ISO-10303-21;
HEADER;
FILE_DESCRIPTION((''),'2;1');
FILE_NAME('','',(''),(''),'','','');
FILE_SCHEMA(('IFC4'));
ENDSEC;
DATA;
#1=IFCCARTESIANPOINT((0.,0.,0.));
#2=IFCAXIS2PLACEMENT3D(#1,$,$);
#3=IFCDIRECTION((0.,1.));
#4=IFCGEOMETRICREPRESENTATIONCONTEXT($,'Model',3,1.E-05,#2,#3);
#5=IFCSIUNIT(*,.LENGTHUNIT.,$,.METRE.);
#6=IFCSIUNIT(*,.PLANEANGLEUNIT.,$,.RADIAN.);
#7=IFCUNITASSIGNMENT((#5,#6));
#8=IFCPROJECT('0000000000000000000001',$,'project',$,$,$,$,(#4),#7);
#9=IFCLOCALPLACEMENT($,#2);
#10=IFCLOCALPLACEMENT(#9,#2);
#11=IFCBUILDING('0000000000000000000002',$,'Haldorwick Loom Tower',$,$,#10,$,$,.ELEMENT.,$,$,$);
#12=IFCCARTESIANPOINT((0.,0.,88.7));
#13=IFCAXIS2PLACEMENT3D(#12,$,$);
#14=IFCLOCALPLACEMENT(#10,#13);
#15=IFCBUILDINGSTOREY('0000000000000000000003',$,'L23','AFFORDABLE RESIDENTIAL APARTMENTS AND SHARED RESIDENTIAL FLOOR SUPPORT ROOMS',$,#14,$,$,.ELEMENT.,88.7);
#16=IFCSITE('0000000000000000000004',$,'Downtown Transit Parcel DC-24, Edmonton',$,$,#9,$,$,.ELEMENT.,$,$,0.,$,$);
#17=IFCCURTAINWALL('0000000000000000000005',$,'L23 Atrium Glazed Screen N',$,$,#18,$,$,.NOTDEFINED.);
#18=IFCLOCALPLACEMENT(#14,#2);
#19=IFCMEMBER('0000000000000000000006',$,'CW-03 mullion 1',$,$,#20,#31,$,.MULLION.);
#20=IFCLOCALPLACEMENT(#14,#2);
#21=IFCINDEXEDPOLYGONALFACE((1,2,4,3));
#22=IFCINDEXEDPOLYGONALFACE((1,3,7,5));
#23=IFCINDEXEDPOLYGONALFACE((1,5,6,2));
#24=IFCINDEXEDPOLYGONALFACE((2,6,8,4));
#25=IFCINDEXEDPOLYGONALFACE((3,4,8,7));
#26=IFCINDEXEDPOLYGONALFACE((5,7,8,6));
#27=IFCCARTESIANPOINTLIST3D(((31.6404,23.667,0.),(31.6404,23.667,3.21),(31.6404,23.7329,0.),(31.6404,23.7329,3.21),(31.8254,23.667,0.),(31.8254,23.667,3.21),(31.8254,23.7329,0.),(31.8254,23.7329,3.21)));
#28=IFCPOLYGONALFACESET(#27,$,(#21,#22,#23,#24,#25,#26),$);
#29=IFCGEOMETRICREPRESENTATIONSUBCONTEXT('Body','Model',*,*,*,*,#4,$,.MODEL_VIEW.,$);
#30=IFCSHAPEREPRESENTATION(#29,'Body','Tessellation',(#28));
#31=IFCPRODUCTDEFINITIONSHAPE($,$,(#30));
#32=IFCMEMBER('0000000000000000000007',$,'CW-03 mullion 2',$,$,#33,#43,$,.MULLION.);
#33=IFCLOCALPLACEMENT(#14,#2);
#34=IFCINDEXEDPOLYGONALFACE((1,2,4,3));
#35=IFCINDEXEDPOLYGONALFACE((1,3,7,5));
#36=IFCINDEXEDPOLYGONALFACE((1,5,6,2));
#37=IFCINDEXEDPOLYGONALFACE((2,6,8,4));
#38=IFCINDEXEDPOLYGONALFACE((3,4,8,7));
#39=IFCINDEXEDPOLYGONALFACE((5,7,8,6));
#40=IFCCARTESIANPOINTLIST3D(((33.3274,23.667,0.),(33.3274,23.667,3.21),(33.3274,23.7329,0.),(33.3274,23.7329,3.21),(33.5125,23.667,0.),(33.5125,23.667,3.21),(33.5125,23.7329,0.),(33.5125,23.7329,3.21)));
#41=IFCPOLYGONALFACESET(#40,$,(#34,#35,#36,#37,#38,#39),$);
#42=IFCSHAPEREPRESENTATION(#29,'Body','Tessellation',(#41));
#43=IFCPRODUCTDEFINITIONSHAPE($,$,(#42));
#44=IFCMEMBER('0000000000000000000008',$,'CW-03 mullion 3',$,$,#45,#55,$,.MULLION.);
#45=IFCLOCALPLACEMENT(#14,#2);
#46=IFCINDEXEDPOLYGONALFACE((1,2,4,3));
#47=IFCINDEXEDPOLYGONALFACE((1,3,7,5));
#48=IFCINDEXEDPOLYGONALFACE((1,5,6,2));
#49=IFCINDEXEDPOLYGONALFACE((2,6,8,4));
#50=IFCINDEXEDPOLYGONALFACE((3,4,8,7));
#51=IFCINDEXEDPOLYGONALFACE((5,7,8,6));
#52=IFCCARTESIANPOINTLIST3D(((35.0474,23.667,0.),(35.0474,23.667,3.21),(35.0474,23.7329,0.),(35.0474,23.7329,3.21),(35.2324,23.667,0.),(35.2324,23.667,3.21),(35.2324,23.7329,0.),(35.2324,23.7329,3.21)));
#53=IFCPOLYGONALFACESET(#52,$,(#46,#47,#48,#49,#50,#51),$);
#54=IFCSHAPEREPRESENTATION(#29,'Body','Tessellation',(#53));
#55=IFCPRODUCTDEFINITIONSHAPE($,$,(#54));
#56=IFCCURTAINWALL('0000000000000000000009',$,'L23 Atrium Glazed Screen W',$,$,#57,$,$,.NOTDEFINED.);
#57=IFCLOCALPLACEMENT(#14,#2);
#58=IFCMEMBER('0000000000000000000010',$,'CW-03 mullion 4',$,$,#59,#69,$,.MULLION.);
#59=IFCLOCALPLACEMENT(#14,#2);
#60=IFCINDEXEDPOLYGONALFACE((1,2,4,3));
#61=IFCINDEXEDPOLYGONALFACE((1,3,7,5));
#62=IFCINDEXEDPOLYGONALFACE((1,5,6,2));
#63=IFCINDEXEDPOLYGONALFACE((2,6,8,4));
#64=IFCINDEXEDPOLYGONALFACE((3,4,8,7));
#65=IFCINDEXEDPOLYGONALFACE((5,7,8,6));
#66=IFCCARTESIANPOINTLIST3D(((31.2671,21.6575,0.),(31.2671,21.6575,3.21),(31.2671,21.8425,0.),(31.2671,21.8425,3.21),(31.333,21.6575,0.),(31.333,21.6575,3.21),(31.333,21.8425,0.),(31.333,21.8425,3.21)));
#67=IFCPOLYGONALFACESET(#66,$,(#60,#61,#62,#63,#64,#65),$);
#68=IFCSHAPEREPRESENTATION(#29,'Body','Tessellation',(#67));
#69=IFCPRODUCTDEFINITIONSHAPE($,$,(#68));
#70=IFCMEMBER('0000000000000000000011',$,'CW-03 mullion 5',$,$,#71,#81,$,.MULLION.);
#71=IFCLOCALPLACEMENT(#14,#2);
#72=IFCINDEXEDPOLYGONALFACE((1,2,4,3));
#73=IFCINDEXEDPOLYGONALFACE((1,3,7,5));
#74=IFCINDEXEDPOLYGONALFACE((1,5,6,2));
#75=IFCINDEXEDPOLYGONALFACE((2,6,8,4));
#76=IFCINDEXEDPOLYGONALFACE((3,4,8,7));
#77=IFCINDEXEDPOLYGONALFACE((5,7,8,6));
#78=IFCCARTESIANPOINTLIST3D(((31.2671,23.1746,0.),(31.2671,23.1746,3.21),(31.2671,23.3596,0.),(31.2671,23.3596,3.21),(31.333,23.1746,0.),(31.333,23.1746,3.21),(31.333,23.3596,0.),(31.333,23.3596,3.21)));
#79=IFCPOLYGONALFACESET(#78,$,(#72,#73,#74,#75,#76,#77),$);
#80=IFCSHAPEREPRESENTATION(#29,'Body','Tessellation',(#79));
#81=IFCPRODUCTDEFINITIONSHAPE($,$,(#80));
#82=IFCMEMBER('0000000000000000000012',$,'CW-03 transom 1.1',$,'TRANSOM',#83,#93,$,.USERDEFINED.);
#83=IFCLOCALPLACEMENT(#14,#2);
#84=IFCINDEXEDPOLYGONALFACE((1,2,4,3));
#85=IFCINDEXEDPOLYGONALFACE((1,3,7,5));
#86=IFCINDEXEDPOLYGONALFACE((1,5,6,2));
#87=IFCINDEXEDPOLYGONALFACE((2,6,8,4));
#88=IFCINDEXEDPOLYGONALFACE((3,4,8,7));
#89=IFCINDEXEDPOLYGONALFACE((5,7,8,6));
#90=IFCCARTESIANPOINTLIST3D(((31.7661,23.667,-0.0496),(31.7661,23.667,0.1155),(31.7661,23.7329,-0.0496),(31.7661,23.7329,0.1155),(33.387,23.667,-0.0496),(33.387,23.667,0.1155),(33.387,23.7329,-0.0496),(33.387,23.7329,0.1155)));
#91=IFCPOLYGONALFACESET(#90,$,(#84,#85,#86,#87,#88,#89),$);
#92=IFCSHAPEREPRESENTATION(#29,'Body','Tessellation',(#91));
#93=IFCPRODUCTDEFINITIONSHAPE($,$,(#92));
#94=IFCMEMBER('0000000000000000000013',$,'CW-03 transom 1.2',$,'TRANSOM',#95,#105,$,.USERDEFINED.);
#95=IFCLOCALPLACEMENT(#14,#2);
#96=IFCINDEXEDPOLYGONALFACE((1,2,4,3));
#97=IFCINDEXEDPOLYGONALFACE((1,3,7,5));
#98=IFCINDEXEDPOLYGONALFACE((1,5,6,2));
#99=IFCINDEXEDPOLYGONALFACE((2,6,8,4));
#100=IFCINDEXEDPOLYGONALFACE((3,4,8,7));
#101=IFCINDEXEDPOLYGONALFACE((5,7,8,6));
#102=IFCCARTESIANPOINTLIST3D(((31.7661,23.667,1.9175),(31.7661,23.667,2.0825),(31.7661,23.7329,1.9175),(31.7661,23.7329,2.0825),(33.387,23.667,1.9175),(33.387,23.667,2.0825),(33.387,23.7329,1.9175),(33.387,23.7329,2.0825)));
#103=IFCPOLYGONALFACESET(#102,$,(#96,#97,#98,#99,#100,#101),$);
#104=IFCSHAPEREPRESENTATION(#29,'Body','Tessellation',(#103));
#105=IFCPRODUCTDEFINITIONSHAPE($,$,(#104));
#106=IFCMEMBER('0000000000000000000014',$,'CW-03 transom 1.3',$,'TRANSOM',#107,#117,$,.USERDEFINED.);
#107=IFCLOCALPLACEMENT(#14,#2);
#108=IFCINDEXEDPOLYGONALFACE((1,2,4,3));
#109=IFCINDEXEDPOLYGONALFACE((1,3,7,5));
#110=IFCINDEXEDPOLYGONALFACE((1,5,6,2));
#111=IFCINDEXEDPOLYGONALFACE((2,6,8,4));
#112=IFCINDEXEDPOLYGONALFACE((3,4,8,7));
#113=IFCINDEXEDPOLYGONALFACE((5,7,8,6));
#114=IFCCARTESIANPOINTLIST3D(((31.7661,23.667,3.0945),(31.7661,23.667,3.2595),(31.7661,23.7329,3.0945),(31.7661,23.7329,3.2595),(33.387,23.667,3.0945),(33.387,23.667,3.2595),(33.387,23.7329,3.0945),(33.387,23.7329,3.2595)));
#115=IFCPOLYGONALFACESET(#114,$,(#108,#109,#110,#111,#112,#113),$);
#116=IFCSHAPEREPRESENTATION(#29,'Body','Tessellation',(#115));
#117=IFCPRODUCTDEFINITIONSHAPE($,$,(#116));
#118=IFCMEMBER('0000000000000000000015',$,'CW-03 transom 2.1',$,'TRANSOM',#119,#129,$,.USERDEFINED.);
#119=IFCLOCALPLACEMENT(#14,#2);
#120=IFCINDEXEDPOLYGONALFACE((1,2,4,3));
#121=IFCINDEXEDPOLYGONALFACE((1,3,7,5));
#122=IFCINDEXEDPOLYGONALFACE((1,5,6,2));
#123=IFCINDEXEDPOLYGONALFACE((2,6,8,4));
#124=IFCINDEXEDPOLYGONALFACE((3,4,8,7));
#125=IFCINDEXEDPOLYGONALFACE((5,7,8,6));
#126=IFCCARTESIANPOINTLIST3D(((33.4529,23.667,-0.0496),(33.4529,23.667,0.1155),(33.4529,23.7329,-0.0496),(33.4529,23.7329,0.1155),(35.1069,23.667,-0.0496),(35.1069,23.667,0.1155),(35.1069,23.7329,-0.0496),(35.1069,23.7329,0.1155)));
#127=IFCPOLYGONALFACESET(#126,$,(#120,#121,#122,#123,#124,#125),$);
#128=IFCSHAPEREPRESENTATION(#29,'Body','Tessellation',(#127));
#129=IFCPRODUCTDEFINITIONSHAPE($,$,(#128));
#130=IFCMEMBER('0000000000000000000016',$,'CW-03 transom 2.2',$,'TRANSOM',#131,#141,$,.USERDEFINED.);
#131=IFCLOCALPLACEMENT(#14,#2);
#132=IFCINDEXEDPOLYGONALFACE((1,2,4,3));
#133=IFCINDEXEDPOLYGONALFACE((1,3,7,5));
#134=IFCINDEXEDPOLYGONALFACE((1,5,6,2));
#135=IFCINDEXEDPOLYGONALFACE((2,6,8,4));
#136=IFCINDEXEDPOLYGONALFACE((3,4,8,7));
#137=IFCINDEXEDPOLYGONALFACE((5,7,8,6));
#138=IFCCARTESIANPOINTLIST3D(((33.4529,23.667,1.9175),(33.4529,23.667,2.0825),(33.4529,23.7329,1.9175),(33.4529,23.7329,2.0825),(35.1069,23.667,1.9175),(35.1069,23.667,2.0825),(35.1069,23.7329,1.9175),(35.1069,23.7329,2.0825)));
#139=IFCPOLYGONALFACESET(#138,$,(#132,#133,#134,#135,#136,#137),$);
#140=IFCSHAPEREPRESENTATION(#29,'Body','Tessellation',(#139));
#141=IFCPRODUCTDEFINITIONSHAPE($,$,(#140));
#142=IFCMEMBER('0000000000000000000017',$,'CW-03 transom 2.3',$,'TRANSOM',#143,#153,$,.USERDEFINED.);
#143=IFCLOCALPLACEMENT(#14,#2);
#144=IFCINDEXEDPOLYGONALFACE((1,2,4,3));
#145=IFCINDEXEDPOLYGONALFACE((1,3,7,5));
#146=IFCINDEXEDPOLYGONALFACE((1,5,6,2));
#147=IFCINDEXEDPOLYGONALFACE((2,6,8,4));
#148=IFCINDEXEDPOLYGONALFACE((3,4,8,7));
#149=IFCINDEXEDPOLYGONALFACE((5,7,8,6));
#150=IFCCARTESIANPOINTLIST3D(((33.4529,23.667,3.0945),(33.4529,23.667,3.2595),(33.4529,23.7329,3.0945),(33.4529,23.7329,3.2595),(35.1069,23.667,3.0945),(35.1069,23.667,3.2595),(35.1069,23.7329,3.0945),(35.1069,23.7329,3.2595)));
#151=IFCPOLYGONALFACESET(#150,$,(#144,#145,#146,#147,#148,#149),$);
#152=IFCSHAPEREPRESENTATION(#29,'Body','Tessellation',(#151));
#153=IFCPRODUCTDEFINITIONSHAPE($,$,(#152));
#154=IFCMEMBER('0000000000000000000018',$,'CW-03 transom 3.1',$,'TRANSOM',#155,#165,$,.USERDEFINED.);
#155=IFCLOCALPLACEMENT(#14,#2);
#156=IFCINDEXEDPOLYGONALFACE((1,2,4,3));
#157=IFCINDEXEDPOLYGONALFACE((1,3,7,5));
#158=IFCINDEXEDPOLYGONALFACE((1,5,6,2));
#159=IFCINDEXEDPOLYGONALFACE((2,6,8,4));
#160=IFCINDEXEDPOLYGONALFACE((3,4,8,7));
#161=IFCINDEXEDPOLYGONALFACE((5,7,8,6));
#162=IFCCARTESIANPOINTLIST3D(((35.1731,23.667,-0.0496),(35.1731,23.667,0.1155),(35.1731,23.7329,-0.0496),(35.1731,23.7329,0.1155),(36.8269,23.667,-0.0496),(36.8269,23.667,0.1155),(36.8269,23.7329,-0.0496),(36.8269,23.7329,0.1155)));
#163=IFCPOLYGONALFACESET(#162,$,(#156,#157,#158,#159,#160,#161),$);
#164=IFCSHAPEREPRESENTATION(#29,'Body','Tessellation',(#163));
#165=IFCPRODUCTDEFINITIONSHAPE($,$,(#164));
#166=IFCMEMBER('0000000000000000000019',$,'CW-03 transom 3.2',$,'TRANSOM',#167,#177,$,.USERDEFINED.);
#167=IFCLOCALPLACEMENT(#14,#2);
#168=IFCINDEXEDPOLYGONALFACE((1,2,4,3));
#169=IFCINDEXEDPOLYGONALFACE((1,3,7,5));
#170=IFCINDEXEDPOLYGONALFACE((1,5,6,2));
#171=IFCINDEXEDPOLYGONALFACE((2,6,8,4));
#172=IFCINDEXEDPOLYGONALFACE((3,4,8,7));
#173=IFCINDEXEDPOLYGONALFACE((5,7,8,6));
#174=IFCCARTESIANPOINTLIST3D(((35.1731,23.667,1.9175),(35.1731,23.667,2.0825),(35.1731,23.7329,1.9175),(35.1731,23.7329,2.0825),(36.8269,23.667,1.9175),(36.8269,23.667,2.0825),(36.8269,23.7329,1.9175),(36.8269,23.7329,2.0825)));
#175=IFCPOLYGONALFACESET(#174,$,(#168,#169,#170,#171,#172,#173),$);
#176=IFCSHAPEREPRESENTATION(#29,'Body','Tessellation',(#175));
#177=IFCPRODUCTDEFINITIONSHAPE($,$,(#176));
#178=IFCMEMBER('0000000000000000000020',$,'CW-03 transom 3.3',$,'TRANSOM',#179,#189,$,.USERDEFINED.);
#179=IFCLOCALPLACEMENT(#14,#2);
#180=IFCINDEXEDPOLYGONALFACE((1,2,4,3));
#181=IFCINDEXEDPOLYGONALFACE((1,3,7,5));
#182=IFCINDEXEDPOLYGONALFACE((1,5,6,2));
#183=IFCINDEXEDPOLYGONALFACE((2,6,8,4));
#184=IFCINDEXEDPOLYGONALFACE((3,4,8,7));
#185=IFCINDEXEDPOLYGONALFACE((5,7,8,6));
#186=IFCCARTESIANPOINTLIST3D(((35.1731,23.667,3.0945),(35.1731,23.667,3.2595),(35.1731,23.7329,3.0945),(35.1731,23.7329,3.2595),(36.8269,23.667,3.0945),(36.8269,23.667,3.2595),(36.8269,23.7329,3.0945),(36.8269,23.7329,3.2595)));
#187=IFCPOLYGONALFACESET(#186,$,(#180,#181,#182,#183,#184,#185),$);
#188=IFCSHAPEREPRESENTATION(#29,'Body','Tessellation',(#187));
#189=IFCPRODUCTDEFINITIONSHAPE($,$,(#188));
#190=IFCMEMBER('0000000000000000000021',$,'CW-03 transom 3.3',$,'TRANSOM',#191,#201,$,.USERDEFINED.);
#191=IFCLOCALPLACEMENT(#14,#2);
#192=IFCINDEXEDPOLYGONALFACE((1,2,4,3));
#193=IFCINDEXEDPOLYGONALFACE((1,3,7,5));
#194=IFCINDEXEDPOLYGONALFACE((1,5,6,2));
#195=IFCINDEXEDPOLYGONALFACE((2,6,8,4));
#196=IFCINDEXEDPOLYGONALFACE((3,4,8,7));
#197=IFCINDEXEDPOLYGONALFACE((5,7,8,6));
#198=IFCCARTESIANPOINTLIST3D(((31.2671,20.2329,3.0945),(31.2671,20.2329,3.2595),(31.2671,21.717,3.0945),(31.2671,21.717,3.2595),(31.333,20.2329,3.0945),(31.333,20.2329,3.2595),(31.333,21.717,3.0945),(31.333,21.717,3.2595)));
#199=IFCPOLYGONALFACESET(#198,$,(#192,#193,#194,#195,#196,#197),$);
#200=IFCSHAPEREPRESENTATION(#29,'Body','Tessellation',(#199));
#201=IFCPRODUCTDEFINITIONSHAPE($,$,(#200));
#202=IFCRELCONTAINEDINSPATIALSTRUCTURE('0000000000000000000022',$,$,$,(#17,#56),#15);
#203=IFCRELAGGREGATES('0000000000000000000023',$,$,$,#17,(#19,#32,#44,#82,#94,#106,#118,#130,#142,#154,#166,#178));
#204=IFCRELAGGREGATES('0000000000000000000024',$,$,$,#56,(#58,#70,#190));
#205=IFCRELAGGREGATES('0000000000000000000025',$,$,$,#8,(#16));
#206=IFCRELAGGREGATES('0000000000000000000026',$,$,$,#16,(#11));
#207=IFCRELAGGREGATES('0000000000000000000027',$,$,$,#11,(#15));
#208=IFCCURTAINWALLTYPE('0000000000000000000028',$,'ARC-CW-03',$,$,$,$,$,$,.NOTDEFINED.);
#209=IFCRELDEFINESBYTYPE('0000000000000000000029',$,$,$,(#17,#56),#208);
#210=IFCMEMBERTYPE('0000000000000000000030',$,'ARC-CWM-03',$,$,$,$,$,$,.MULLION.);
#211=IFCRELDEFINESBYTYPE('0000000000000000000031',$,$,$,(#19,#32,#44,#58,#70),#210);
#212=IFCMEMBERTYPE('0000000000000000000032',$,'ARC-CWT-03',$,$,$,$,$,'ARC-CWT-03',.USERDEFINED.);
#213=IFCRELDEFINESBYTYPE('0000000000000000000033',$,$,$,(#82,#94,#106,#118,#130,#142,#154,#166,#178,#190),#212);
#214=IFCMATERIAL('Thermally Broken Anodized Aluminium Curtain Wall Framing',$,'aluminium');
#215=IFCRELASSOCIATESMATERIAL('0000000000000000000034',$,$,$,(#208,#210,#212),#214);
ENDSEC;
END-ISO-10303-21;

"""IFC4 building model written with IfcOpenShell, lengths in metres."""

from ifc_helpers import new_model, si_unit, direction, frame, origin, origin_2d, place, context, subcontext, project, spatial, rectangle, extrude, material, material_profile, profile_set, type_object, element, aggregate, save


model = new_model("IFC4")

# Units and contexts
model_context = context("Model", 3, precision=1e-05, world=origin(), true_north=direction((0.0, 1.0)))
body_context = subcontext(model_context, "Body", "Model", "MODEL_VIEW")
ifc_project = project(units=[si_unit("LENGTHUNIT", "METRE"), si_unit("PLANEANGLEUNIT", "RADIAN")], contexts=[model_context])

# Site, building, storey
site_placement = place(None, origin())
site = spatial("IfcSite", under=ifc_project, at=site_placement, Name="Downtown Transit Parcel DC-24, Edmonton", CompositionType="ELEMENT", RefElevation=0.0)
building_placement = place(site_placement, origin())
building = spatial("IfcBuilding", under=site, at=building_placement, Name="Haldorwick Loom Tower", CompositionType="ELEMENT")
storey_placement = place(building_placement, frame((0.0, 0.0, 88.7)))
storey = spatial("IfcBuildingStorey", under=building, at=storey_placement, Name="L23", Description="AFFORDABLE RESIDENTIAL APARTMENTS AND SHARED RESIDENTIAL FLOOR SUPPORT ROOMS", CompositionType="ELEMENT", Elevation=88.7)

# Curtain walls, members
ifc_material_1 = material(Name="Thermally Broken Anodized Aluminium Curtain Wall Framing", Category="aluminium")
curtain_wall_type = type_object("IfcCurtainWallType", Name="ARC-CW-03", PredefinedType="NOTDEFINED", material=ifc_material_1)
curtain_wall_1_placement = place(storey_placement, origin())
curtain_wall_1 = element("IfcCurtainWall", 1, at=curtain_wall_1_placement, inside=storey, type_object=curtain_wall_type, Name="L23 Atrium Glazed Screen N", PredefinedType="NOTDEFINED")
ifc_material_profile_1 = material_profile(ifc_material_1, rectangle(XDim=0.0659, YDim=0.1851, at=origin_2d()), Name="ALU_MUL_66X185", Category="aluminium")
ifc_profile_set_1 = profile_set([ifc_material_profile_1], Name="Thermally Broken Anodized Aluminium Curtain Wall Framing")
member_type_1 = type_object("IfcMemberType", Name="ARC-CWM-03", PredefinedType="MULLION", material=ifc_profile_set_1)
member_1_placement = place(storey_placement, frame((31.7329, 23.7, 0.0), z_axis=(0.0, 0.0, 1.0), x_axis=(0.0, 1.0, 0.0)))
member_1 = element("IfcMember", 2, at=member_1_placement, type_object=member_type_1, Name="CW-03 mullion 1", PredefinedType="MULLION", context=body_context, shape_type="SweptSolid", body=[
    extrude(rectangle(XDim=0.0659, YDim=0.1851, at=origin_2d()), origin(), (0.0, 0.0, 1.0), 3.21),
])
member_2_placement = place(storey_placement, frame((33.4199, 23.7, 0.0), z_axis=(0.0, 0.0, 1.0), x_axis=(0.0, 1.0, 0.0)))
member_2 = element("IfcMember", 3, at=member_2_placement, type_object=member_type_1, Name="CW-03 mullion 2", PredefinedType="MULLION", context=body_context, shape_type="SweptSolid", body=[
    extrude(rectangle(XDim=0.0659, YDim=0.1851, at=origin_2d()), origin(), (0.0, 0.0, 1.0), 3.21),
])
member_3_placement = place(storey_placement, frame((35.1399, 23.7, 0.0), z_axis=(0.0, 0.0, 1.0), x_axis=(0.0, 1.0, 0.0)))
member_3 = element("IfcMember", 4, at=member_3_placement, type_object=member_type_1, Name="CW-03 mullion 3", PredefinedType="MULLION", context=body_context, shape_type="SweptSolid", body=[
    extrude(rectangle(XDim=0.0659, YDim=0.1851, at=origin_2d()), origin(), (0.0, 0.0, 1.0), 3.21),
])
curtain_wall_2_placement = place(storey_placement, origin())
curtain_wall_2 = element("IfcCurtainWall", 5, at=curtain_wall_2_placement, inside=storey, type_object=curtain_wall_type, Name="L23 Atrium Glazed Screen W", PredefinedType="NOTDEFINED")
member_4_placement = place(storey_placement, frame((31.3, 21.75, 0.0), z_axis=(0.0, 0.0, 1.0), x_axis=(-1.0, 0.0, 0.0)))
member_4 = element("IfcMember", 6, at=member_4_placement, type_object=member_type_1, Name="CW-03 mullion 4", PredefinedType="MULLION", context=body_context, shape_type="SweptSolid", body=[
    extrude(rectangle(XDim=0.0659, YDim=0.1851, at=origin_2d()), origin(), (0.0, 0.0, 1.0), 3.21),
])
member_5_placement = place(storey_placement, frame((31.3, 23.2671, 0.0), z_axis=(0.0, 0.0, 1.0), x_axis=(-1.0, 0.0, 0.0)))
member_5 = element("IfcMember", 7, at=member_5_placement, type_object=member_type_1, Name="CW-03 mullion 5", PredefinedType="MULLION", context=body_context, shape_type="SweptSolid", body=[
    extrude(rectangle(XDim=0.0659, YDim=0.1851, at=origin_2d()), origin(), (0.0, 0.0, 1.0), 3.21),
])

# Members
ifc_material_profile_2 = material_profile(ifc_material_1, rectangle(XDim=0.0659, YDim=0.165, at=origin_2d()), Name="ALU_TRN_66X165", Category="aluminium")
ifc_profile_set_2 = profile_set([ifc_material_profile_2], Name="Thermally Broken Anodized Aluminium Curtain Wall Framing")
member_type_2 = type_object("IfcMemberType", Name="ARC-CWT-03", ElementType="ARC-CWT-03", PredefinedType="USERDEFINED", material=ifc_profile_set_2)
member_6_placement = place(storey_placement, frame((31.7661, 23.7, 0.033), z_axis=(1.0, 0.0, 0.0), x_axis=(0.0, 1.0, 0.0)))
member_6 = element("IfcMember", 8, at=member_6_placement, type_object=member_type_2, Name="CW-03 transom 1.1", ObjectType="TRANSOM", PredefinedType="USERDEFINED", context=body_context, shape_type="SweptSolid", body=[
    extrude(rectangle(XDim=0.0659, YDim=0.165, at=origin_2d()), origin(), (0.0, 0.0, 1.0), 1.6208),
])
member_7_placement = place(storey_placement, frame((31.7661, 23.7, 2.0), z_axis=(1.0, 0.0, 0.0), x_axis=(0.0, 1.0, 0.0)))
member_7 = element("IfcMember", 9, at=member_7_placement, type_object=member_type_2, Name="CW-03 transom 1.2", ObjectType="TRANSOM", PredefinedType="USERDEFINED", context=body_context, shape_type="SweptSolid", body=[
    extrude(rectangle(XDim=0.0659, YDim=0.165, at=origin_2d()), origin(), (0.0, 0.0, 1.0), 1.6208),
])
member_8_placement = place(storey_placement, frame((31.7661, 23.7, 3.177), z_axis=(1.0, 0.0, 0.0), x_axis=(0.0, 1.0, 0.0)))
member_8 = element("IfcMember", 10, at=member_8_placement, type_object=member_type_2, Name="CW-03 transom 1.3", ObjectType="TRANSOM", PredefinedType="USERDEFINED", context=body_context, shape_type="SweptSolid", body=[
    extrude(rectangle(XDim=0.0659, YDim=0.165, at=origin_2d()), origin(), (0.0, 0.0, 1.0), 1.6208),
])
member_9_placement = place(storey_placement, frame((33.4529, 23.7, 0.033), z_axis=(1.0, 0.0, 0.0), x_axis=(0.0, 1.0, 0.0)))
member_9 = element("IfcMember", 11, at=member_9_placement, type_object=member_type_2, Name="CW-03 transom 2.1", ObjectType="TRANSOM", PredefinedType="USERDEFINED", context=body_context, shape_type="SweptSolid", body=[
    extrude(rectangle(XDim=0.0659, YDim=0.165, at=origin_2d()), origin(), (0.0, 0.0, 1.0), 1.6541),
])
member_10_placement = place(storey_placement, frame((33.4529, 23.7, 2.0), z_axis=(1.0, 0.0, 0.0), x_axis=(0.0, 1.0, 0.0)))
member_10 = element("IfcMember", 12, at=member_10_placement, type_object=member_type_2, Name="CW-03 transom 2.2", ObjectType="TRANSOM", PredefinedType="USERDEFINED", context=body_context, shape_type="SweptSolid", body=[
    extrude(rectangle(XDim=0.0659, YDim=0.165, at=origin_2d()), origin(), (0.0, 0.0, 1.0), 1.6541),
])
member_11_placement = place(storey_placement, frame((33.4529, 23.7, 3.177), z_axis=(1.0, 0.0, 0.0), x_axis=(0.0, 1.0, 0.0)))
member_11 = element("IfcMember", 13, at=member_11_placement, type_object=member_type_2, Name="CW-03 transom 2.3", ObjectType="TRANSOM", PredefinedType="USERDEFINED", context=body_context, shape_type="SweptSolid", body=[
    extrude(rectangle(XDim=0.0659, YDim=0.165, at=origin_2d()), origin(), (0.0, 0.0, 1.0), 1.6541),
])
member_12_placement = place(storey_placement, frame((35.1731, 23.7, 0.033), z_axis=(1.0, 0.0, 0.0), x_axis=(0.0, 1.0, 0.0)))
member_12 = element("IfcMember", 14, at=member_12_placement, type_object=member_type_2, Name="CW-03 transom 3.1", ObjectType="TRANSOM", PredefinedType="USERDEFINED", context=body_context, shape_type="SweptSolid", body=[
    extrude(rectangle(XDim=0.0659, YDim=0.165, at=origin_2d()), origin(), (0.0, 0.0, 1.0), 1.6538),
])
member_13_placement = place(storey_placement, frame((35.1731, 23.7, 2.0), z_axis=(1.0, 0.0, 0.0), x_axis=(0.0, 1.0, 0.0)))
member_13 = element("IfcMember", 15, at=member_13_placement, type_object=member_type_2, Name="CW-03 transom 3.2", ObjectType="TRANSOM", PredefinedType="USERDEFINED", context=body_context, shape_type="SweptSolid", body=[
    extrude(rectangle(XDim=0.0659, YDim=0.165, at=origin_2d()), origin(), (0.0, 0.0, 1.0), 1.6538),
])
member_14_placement = place(storey_placement, frame((35.1731, 23.7, 3.177), z_axis=(1.0, 0.0, 0.0), x_axis=(0.0, 1.0, 0.0)))
member_14 = element("IfcMember", 16, at=member_14_placement, type_object=member_type_2, Name="CW-03 transom 3.3", ObjectType="TRANSOM", PredefinedType="USERDEFINED", context=body_context, shape_type="SweptSolid", body=[
    extrude(rectangle(XDim=0.0659, YDim=0.165, at=origin_2d()), origin(), (0.0, 0.0, 1.0), 1.6538),
])
member_15_placement = place(storey_placement, frame((31.3, 20.2329, 3.177), z_axis=(0.0, 1.0, 0.0), x_axis=(-1.0, 0.0, 0.0)))
member_15 = element("IfcMember", 17, at=member_15_placement, type_object=member_type_2, Name="CW-03 transom 3.3", ObjectType="TRANSOM", PredefinedType="USERDEFINED", context=body_context, shape_type="SweptSolid", body=[
    extrude(rectangle(XDim=0.0659, YDim=0.165, at=origin_2d()), origin(), (0.0, 0.0, 1.0), 1.4841),
])

aggregate(curtain_wall_1, [member_1, member_2, member_3, member_6, member_7, member_8, member_9, member_10, member_11, member_12, member_13, member_14])
aggregate(curtain_wall_2, [member_4, member_5, member_15])

save(model, "model.ifc")
